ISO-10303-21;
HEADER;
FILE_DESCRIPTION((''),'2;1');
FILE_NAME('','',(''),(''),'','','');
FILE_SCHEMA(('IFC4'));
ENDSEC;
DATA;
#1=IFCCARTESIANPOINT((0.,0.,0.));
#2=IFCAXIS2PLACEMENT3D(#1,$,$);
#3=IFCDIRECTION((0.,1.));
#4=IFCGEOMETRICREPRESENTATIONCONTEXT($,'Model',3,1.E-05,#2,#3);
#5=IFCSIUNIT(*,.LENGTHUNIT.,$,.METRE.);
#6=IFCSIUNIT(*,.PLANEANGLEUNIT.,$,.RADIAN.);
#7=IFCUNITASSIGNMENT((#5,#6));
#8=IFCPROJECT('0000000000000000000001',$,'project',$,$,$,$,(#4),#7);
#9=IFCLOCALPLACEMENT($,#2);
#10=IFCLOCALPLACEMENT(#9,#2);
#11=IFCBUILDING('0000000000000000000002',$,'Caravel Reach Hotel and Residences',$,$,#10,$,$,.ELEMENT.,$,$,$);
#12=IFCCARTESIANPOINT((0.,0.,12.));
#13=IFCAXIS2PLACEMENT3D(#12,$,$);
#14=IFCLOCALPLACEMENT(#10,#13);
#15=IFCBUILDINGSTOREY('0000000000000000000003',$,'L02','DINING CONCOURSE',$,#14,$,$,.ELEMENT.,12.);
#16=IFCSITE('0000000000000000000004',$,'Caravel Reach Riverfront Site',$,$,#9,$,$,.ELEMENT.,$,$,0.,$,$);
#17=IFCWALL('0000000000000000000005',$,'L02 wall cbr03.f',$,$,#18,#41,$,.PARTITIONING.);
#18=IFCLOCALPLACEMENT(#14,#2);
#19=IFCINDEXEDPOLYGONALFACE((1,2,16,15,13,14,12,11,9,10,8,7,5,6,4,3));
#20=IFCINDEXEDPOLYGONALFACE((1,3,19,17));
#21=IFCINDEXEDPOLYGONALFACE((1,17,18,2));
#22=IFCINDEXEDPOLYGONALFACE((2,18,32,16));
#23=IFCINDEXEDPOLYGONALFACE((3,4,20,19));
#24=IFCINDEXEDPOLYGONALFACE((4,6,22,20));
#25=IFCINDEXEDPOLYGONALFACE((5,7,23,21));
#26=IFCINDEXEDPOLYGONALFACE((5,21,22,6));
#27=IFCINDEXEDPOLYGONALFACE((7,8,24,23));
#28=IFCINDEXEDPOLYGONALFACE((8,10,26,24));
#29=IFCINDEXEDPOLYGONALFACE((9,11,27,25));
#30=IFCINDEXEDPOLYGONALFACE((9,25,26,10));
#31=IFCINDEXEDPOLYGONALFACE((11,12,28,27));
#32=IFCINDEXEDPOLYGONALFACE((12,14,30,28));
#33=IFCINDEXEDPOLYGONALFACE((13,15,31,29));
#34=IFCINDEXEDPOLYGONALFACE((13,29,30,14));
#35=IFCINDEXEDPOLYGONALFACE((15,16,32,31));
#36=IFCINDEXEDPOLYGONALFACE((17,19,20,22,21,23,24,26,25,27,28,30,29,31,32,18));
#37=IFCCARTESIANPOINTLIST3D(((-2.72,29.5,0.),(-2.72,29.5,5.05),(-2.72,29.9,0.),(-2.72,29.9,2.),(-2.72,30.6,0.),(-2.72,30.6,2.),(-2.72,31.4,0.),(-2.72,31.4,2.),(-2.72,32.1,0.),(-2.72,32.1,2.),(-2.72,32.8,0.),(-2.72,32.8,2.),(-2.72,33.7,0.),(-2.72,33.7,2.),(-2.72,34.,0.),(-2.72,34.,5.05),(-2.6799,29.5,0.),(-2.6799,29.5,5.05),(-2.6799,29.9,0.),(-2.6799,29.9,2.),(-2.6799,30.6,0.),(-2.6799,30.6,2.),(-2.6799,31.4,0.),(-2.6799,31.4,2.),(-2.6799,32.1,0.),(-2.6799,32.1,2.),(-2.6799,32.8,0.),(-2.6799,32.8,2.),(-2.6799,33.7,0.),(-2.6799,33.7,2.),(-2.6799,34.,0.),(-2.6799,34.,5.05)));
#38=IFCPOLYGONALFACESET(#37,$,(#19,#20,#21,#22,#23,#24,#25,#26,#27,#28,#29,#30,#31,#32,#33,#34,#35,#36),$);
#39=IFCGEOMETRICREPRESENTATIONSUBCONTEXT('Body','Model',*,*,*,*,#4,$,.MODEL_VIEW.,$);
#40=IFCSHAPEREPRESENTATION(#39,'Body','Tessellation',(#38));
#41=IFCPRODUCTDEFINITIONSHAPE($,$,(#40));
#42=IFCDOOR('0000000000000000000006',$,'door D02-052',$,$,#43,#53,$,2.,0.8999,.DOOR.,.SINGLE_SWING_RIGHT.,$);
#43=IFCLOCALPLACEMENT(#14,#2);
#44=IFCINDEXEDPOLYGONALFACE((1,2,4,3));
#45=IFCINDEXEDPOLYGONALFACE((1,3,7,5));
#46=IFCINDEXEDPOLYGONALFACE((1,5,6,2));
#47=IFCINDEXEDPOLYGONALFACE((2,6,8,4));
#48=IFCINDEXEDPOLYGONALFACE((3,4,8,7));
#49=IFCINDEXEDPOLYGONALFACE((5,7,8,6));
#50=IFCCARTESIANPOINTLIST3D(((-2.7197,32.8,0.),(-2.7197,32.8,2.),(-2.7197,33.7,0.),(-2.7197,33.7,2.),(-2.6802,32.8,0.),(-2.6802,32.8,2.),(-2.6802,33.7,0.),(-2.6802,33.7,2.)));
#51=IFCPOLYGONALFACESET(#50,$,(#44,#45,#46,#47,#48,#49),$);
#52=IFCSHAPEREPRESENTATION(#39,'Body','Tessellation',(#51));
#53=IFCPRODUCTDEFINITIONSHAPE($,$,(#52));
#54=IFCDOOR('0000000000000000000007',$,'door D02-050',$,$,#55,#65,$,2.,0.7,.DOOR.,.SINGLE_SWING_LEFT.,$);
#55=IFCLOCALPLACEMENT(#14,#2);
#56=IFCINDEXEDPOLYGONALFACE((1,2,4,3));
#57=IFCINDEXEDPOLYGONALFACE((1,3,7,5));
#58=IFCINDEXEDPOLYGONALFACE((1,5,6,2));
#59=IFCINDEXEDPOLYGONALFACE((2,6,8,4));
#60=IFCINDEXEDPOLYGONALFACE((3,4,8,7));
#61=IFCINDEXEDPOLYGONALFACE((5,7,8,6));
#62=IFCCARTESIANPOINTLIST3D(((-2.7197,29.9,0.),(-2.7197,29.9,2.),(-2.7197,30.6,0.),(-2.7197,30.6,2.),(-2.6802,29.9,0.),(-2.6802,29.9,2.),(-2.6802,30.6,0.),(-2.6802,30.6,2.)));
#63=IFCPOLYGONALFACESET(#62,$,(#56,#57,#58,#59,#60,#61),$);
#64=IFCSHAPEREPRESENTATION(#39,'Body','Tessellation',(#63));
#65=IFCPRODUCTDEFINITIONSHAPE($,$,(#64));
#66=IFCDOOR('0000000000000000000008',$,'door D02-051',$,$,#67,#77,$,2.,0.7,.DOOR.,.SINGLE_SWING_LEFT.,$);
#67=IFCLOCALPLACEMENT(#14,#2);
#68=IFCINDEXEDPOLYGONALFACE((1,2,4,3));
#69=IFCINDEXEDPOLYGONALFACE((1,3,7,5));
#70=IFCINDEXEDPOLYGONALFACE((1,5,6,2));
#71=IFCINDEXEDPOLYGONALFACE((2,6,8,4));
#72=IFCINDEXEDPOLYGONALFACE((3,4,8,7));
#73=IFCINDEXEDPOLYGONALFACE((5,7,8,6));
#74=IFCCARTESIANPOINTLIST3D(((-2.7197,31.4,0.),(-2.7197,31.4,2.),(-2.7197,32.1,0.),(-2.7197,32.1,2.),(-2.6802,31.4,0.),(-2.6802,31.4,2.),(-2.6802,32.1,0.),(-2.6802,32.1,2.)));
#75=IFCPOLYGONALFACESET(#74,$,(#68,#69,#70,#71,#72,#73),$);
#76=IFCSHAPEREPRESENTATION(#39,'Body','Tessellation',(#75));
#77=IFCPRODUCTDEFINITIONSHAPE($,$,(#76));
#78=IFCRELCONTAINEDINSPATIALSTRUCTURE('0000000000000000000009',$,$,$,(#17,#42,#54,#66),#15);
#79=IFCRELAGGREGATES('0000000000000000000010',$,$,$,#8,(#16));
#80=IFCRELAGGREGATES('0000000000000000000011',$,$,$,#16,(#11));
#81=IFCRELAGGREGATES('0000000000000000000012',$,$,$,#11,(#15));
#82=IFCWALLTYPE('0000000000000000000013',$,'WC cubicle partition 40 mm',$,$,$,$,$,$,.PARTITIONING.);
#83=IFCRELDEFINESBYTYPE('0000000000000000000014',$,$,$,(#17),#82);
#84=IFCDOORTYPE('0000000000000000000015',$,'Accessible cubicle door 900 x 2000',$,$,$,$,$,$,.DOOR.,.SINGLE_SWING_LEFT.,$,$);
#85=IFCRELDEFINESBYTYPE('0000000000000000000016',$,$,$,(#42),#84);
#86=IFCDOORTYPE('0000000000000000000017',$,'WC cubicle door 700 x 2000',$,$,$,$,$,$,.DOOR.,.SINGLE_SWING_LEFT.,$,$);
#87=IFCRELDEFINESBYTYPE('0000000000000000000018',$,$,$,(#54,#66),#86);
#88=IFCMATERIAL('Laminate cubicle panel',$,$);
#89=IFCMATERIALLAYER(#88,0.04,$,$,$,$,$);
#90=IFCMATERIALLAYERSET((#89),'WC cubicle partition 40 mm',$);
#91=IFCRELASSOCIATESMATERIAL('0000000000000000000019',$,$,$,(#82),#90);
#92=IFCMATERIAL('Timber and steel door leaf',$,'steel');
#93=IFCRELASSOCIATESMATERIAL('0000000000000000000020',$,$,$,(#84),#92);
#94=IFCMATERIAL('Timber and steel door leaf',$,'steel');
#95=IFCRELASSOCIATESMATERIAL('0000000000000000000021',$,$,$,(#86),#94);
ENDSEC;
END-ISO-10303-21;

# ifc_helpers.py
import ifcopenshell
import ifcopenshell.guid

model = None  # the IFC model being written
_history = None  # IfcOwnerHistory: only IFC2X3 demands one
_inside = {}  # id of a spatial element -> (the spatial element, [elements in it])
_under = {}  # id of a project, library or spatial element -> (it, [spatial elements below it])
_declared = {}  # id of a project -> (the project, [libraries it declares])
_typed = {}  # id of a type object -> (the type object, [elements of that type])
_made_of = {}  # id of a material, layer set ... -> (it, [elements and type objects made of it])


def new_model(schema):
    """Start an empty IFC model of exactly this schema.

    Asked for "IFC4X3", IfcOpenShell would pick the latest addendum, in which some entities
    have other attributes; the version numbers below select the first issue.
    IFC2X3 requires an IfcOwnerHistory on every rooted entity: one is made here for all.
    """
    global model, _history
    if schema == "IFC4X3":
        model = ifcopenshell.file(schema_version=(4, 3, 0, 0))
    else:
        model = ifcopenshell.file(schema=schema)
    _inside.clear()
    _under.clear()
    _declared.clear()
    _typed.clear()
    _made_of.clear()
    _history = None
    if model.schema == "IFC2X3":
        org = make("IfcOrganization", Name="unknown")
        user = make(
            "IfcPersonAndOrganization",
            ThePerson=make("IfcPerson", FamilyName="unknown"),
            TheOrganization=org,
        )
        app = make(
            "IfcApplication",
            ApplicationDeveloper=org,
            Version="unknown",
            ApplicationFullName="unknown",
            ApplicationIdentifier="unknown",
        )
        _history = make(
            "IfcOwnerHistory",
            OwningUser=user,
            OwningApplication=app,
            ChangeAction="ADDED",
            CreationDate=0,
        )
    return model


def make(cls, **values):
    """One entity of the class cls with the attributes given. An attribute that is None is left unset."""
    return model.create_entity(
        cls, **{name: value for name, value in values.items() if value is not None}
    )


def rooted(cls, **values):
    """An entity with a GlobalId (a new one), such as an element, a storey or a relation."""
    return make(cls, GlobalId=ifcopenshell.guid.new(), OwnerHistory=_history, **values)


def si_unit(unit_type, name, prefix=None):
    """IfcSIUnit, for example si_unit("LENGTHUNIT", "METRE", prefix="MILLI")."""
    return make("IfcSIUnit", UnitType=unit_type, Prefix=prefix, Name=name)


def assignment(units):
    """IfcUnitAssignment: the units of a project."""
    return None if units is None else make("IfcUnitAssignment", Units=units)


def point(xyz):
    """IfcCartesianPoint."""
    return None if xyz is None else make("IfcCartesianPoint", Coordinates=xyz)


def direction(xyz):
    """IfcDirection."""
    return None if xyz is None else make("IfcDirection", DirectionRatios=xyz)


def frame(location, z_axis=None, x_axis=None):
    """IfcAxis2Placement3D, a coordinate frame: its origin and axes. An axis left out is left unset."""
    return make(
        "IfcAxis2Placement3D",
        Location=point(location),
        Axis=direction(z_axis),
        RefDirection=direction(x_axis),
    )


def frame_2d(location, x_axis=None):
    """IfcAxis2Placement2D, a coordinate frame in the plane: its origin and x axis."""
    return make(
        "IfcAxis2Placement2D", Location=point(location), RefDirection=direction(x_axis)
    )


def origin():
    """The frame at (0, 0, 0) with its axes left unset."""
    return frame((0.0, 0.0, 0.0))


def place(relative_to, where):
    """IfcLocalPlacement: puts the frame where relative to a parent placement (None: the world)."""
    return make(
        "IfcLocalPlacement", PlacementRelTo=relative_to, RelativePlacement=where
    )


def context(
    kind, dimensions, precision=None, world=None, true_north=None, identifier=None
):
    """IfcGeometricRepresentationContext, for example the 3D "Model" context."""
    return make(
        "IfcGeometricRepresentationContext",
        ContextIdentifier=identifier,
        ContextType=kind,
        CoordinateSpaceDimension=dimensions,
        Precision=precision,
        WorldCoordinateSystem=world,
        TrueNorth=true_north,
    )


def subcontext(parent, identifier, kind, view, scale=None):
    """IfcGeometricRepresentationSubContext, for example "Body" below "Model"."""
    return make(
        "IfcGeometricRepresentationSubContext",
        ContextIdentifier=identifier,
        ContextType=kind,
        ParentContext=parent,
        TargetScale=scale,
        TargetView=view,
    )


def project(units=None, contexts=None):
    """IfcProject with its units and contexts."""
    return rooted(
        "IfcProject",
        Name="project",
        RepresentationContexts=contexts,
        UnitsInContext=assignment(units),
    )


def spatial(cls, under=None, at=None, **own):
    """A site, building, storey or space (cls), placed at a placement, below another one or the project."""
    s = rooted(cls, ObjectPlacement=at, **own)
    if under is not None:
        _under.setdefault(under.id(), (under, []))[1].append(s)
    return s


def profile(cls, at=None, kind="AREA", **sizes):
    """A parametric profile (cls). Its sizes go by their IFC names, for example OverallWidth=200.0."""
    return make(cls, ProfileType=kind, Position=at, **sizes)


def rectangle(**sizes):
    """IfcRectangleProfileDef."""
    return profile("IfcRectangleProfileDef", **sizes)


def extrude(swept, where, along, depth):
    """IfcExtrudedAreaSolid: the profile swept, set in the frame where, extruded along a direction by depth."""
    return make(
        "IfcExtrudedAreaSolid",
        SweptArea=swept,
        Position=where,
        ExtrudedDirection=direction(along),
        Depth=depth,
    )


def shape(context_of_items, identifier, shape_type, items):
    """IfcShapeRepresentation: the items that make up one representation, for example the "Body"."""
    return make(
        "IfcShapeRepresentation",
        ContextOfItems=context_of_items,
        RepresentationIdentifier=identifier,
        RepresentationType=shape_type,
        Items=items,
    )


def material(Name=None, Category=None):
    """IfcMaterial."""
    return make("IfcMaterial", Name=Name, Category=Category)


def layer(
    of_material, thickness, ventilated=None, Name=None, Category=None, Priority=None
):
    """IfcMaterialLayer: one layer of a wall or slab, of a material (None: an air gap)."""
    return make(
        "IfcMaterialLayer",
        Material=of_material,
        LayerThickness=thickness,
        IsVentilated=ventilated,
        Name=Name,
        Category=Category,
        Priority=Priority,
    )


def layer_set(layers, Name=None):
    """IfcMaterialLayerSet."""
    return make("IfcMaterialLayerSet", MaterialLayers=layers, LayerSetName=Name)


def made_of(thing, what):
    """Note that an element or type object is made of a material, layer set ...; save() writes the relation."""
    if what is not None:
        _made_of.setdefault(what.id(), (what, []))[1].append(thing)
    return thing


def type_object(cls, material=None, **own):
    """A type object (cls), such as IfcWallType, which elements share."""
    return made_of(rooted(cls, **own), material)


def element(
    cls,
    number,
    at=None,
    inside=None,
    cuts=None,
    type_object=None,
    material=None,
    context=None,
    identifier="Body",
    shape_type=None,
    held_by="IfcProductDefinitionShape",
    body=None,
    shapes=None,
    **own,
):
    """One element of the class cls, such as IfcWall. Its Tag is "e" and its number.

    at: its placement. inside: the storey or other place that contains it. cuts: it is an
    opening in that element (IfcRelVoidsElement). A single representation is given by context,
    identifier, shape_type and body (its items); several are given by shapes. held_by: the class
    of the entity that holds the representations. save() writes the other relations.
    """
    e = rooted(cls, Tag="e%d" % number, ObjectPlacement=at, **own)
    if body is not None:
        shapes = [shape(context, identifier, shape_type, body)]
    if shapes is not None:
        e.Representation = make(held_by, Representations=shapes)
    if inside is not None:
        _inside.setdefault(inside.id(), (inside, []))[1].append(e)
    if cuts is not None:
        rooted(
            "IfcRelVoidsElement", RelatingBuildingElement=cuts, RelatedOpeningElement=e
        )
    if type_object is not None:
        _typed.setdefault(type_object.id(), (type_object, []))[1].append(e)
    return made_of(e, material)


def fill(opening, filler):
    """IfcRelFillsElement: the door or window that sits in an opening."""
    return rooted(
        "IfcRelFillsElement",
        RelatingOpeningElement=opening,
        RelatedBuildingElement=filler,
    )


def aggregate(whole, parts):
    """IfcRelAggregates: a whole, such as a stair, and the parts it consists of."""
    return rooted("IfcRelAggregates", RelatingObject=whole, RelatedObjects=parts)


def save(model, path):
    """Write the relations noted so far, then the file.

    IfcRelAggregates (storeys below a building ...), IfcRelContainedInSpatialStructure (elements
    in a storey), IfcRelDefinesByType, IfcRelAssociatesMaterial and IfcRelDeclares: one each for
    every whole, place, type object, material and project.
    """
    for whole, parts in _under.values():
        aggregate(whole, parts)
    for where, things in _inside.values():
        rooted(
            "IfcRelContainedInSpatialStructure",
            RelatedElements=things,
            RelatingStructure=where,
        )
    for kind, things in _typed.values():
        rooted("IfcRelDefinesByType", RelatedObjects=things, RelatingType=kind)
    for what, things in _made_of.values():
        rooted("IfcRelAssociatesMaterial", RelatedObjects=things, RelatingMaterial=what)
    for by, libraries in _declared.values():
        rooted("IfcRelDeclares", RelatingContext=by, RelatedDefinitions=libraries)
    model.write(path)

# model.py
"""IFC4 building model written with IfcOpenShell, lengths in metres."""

from ifc_helpers import new_model, si_unit, direction, frame, frame_2d, origin, place, context, subcontext, project, spatial, rectangle, extrude, material, layer, layer_set, type_object, element, fill, save


model = new_model("IFC4")

# Units and contexts
model_context = context("Model", 3, precision=1e-05, world=origin(), true_north=direction((0.0, 1.0)))
body_context = subcontext(model_context, "Body", "Model", "MODEL_VIEW")
ifc_project = project(units=[si_unit("LENGTHUNIT", "METRE"), si_unit("PLANEANGLEUNIT", "RADIAN")], contexts=[model_context])

# Site, building, storey
site_placement = place(None, origin())
site = spatial("IfcSite", under=ifc_project, at=site_placement, Name="Caravel Reach Riverfront Site", CompositionType="ELEMENT", RefElevation=0.0)
building_placement = place(site_placement, origin())
building = spatial("IfcBuilding", under=site, at=building_placement, Name="Caravel Reach Hotel and Residences", CompositionType="ELEMENT")
storey_placement = place(building_placement, frame((0.0, 0.0, 12.0)))
storey = spatial("IfcBuildingStorey", under=building, at=storey_placement, Name="L02", Description="DINING CONCOURSE", CompositionType="ELEMENT", Elevation=12.0)

# Shared definitions
ifc_material_1 = material(Name="Laminate cubicle panel")
ifc_layer_1 = layer(ifc_material_1, 0.04)
ifc_layer_set_1 = layer_set([ifc_layer_1], Name="WC cubicle partition 40 mm")
wall_type_1 = type_object("IfcWallType", Name="WC cubicle partition 40 mm", PredefinedType="PARTITIONING", material=ifc_layer_set_1)

# Wall, openings, doors
wall_1_placement = place(storey_placement, frame((-2.7, 29.5, 0.0), z_axis=(0.0, 0.0, 1.0), x_axis=(0.0, 1.0, 0.0)))
wall_1 = element("IfcWall", 1, at=wall_1_placement, inside=storey, type_object=wall_type_1, Name="L02 wall cbr03.f", PredefinedType="PARTITIONING", context=body_context, shape_type="SweptSolid", body=[
    extrude(rectangle(XDim=4.5, YDim=0.04, at=frame_2d((2.25, 0.0))), origin(), (0.0, 0.0, 1.0), 5.05),
])
opening_1_placement = place(wall_1_placement, frame((0.3999, 0.0, 0.0)))
opening_1 = element("IfcOpeningElement", 2, at=opening_1_placement, cuts=wall_1, PredefinedType="OPENING", context=body_context, shape_type="SweptSolid", body=[
    extrude(rectangle(XDim=0.7, YDim=2.0, at=frame_2d((0.3501, 1.0))), frame((0.0, 0.03, 0.0), z_axis=(0.0, -1.0, 0.0), x_axis=(1.0, 0.0, 0.0)), (0.0, 0.0, 1.0), 0.0601),
])
opening_2_placement = place(wall_1_placement, frame((1.8999, 0.0, 0.0)))
opening_2 = element("IfcOpeningElement", 3, at=opening_2_placement, cuts=wall_1, PredefinedType="OPENING", context=body_context, shape_type="SweptSolid", body=[
    extrude(rectangle(XDim=0.7, YDim=2.0, at=frame_2d((0.3501, 1.0))), frame((0.0, 0.03, 0.0), z_axis=(0.0, -1.0, 0.0), x_axis=(1.0, 0.0, 0.0)), (0.0, 0.0, 1.0), 0.0601),
])
opening_3_placement = place(wall_1_placement, frame((3.3, 0.0, 0.0)))
opening_3 = element("IfcOpeningElement", 4, at=opening_3_placement, cuts=wall_1, PredefinedType="OPENING", context=body_context, shape_type="SweptSolid", body=[
    extrude(rectangle(XDim=0.8999, YDim=2.0, at=frame_2d((0.45, 1.0))), frame((0.0, 0.03, 0.0), z_axis=(0.0, -1.0, 0.0), x_axis=(1.0, 0.0, 0.0)), (0.0, 0.0, 1.0), 0.0601),
])
ifc_material_2 = material(Name="Timber and steel door leaf", Category="steel")
door_type_1 = type_object("IfcDoorType", Name="Accessible cubicle door 900 x 2000", OperationType="SINGLE_SWING_LEFT", PredefinedType="DOOR", material=ifc_material_2)
door_1_placement = place(opening_3_placement, origin())
door_1 = element("IfcDoor", 5, at=door_1_placement, inside=storey, type_object=door_type_1, Name="door D02-052", OperationType="SINGLE_SWING_RIGHT", OverallHeight=2.0, OverallWidth=0.8999, PredefinedType="DOOR", context=body_context, shape_type="SweptSolid", body=[
    extrude(rectangle(XDim=0.8999, YDim=2.0, at=frame_2d((0.45, 1.0))), frame((0.0, 0.0198, 0.0), z_axis=(0.0, -1.0, 0.0), x_axis=(1.0, 0.0, 0.0)), (0.0, 0.0, 1.0), 0.0396),
])
fill(opening_3, door_1)
ifc_material_3 = material(Name="Timber and steel door leaf", Category="steel")
door_type_2 = type_object("IfcDoorType", Name="WC cubicle door 700 x 2000", OperationType="SINGLE_SWING_LEFT", PredefinedType="DOOR", material=ifc_material_3)
door_2_placement = place(opening_1_placement, origin())
door_2 = element("IfcDoor", 6, at=door_2_placement, inside=storey, type_object=door_type_2, Name="door D02-050", OperationType="SINGLE_SWING_LEFT", OverallHeight=2.0, OverallWidth=0.7, PredefinedType="DOOR", context=body_context, shape_type="SweptSolid", body=[
    extrude(rectangle(XDim=0.7, YDim=2.0, at=frame_2d((0.3501, 1.0))), frame((0.0, 0.0198, 0.0), z_axis=(0.0, -1.0, 0.0), x_axis=(1.0, 0.0, 0.0)), (0.0, 0.0, 1.0), 0.0396),
])
fill(opening_1, door_2)
door_3_placement = place(opening_2_placement, origin())
door_3 = element("IfcDoor", 7, at=door_3_placement, inside=storey, type_object=door_type_2, Name="door D02-051", OperationType="SINGLE_SWING_LEFT", OverallHeight=2.0, OverallWidth=0.7, PredefinedType="DOOR", context=body_context, shape_type="SweptSolid", body=[
    extrude(rectangle(XDim=0.7, YDim=2.0, at=frame_2d((0.3501, 1.0))), frame((0.0, 0.0198, 0.0), z_axis=(0.0, -1.0, 0.0), x_axis=(1.0, 0.0, 0.0)), (0.0, 0.0, 1.0), 0.0396),
])
fill(opening_2, door_3)

save(model, "model.ifc")
